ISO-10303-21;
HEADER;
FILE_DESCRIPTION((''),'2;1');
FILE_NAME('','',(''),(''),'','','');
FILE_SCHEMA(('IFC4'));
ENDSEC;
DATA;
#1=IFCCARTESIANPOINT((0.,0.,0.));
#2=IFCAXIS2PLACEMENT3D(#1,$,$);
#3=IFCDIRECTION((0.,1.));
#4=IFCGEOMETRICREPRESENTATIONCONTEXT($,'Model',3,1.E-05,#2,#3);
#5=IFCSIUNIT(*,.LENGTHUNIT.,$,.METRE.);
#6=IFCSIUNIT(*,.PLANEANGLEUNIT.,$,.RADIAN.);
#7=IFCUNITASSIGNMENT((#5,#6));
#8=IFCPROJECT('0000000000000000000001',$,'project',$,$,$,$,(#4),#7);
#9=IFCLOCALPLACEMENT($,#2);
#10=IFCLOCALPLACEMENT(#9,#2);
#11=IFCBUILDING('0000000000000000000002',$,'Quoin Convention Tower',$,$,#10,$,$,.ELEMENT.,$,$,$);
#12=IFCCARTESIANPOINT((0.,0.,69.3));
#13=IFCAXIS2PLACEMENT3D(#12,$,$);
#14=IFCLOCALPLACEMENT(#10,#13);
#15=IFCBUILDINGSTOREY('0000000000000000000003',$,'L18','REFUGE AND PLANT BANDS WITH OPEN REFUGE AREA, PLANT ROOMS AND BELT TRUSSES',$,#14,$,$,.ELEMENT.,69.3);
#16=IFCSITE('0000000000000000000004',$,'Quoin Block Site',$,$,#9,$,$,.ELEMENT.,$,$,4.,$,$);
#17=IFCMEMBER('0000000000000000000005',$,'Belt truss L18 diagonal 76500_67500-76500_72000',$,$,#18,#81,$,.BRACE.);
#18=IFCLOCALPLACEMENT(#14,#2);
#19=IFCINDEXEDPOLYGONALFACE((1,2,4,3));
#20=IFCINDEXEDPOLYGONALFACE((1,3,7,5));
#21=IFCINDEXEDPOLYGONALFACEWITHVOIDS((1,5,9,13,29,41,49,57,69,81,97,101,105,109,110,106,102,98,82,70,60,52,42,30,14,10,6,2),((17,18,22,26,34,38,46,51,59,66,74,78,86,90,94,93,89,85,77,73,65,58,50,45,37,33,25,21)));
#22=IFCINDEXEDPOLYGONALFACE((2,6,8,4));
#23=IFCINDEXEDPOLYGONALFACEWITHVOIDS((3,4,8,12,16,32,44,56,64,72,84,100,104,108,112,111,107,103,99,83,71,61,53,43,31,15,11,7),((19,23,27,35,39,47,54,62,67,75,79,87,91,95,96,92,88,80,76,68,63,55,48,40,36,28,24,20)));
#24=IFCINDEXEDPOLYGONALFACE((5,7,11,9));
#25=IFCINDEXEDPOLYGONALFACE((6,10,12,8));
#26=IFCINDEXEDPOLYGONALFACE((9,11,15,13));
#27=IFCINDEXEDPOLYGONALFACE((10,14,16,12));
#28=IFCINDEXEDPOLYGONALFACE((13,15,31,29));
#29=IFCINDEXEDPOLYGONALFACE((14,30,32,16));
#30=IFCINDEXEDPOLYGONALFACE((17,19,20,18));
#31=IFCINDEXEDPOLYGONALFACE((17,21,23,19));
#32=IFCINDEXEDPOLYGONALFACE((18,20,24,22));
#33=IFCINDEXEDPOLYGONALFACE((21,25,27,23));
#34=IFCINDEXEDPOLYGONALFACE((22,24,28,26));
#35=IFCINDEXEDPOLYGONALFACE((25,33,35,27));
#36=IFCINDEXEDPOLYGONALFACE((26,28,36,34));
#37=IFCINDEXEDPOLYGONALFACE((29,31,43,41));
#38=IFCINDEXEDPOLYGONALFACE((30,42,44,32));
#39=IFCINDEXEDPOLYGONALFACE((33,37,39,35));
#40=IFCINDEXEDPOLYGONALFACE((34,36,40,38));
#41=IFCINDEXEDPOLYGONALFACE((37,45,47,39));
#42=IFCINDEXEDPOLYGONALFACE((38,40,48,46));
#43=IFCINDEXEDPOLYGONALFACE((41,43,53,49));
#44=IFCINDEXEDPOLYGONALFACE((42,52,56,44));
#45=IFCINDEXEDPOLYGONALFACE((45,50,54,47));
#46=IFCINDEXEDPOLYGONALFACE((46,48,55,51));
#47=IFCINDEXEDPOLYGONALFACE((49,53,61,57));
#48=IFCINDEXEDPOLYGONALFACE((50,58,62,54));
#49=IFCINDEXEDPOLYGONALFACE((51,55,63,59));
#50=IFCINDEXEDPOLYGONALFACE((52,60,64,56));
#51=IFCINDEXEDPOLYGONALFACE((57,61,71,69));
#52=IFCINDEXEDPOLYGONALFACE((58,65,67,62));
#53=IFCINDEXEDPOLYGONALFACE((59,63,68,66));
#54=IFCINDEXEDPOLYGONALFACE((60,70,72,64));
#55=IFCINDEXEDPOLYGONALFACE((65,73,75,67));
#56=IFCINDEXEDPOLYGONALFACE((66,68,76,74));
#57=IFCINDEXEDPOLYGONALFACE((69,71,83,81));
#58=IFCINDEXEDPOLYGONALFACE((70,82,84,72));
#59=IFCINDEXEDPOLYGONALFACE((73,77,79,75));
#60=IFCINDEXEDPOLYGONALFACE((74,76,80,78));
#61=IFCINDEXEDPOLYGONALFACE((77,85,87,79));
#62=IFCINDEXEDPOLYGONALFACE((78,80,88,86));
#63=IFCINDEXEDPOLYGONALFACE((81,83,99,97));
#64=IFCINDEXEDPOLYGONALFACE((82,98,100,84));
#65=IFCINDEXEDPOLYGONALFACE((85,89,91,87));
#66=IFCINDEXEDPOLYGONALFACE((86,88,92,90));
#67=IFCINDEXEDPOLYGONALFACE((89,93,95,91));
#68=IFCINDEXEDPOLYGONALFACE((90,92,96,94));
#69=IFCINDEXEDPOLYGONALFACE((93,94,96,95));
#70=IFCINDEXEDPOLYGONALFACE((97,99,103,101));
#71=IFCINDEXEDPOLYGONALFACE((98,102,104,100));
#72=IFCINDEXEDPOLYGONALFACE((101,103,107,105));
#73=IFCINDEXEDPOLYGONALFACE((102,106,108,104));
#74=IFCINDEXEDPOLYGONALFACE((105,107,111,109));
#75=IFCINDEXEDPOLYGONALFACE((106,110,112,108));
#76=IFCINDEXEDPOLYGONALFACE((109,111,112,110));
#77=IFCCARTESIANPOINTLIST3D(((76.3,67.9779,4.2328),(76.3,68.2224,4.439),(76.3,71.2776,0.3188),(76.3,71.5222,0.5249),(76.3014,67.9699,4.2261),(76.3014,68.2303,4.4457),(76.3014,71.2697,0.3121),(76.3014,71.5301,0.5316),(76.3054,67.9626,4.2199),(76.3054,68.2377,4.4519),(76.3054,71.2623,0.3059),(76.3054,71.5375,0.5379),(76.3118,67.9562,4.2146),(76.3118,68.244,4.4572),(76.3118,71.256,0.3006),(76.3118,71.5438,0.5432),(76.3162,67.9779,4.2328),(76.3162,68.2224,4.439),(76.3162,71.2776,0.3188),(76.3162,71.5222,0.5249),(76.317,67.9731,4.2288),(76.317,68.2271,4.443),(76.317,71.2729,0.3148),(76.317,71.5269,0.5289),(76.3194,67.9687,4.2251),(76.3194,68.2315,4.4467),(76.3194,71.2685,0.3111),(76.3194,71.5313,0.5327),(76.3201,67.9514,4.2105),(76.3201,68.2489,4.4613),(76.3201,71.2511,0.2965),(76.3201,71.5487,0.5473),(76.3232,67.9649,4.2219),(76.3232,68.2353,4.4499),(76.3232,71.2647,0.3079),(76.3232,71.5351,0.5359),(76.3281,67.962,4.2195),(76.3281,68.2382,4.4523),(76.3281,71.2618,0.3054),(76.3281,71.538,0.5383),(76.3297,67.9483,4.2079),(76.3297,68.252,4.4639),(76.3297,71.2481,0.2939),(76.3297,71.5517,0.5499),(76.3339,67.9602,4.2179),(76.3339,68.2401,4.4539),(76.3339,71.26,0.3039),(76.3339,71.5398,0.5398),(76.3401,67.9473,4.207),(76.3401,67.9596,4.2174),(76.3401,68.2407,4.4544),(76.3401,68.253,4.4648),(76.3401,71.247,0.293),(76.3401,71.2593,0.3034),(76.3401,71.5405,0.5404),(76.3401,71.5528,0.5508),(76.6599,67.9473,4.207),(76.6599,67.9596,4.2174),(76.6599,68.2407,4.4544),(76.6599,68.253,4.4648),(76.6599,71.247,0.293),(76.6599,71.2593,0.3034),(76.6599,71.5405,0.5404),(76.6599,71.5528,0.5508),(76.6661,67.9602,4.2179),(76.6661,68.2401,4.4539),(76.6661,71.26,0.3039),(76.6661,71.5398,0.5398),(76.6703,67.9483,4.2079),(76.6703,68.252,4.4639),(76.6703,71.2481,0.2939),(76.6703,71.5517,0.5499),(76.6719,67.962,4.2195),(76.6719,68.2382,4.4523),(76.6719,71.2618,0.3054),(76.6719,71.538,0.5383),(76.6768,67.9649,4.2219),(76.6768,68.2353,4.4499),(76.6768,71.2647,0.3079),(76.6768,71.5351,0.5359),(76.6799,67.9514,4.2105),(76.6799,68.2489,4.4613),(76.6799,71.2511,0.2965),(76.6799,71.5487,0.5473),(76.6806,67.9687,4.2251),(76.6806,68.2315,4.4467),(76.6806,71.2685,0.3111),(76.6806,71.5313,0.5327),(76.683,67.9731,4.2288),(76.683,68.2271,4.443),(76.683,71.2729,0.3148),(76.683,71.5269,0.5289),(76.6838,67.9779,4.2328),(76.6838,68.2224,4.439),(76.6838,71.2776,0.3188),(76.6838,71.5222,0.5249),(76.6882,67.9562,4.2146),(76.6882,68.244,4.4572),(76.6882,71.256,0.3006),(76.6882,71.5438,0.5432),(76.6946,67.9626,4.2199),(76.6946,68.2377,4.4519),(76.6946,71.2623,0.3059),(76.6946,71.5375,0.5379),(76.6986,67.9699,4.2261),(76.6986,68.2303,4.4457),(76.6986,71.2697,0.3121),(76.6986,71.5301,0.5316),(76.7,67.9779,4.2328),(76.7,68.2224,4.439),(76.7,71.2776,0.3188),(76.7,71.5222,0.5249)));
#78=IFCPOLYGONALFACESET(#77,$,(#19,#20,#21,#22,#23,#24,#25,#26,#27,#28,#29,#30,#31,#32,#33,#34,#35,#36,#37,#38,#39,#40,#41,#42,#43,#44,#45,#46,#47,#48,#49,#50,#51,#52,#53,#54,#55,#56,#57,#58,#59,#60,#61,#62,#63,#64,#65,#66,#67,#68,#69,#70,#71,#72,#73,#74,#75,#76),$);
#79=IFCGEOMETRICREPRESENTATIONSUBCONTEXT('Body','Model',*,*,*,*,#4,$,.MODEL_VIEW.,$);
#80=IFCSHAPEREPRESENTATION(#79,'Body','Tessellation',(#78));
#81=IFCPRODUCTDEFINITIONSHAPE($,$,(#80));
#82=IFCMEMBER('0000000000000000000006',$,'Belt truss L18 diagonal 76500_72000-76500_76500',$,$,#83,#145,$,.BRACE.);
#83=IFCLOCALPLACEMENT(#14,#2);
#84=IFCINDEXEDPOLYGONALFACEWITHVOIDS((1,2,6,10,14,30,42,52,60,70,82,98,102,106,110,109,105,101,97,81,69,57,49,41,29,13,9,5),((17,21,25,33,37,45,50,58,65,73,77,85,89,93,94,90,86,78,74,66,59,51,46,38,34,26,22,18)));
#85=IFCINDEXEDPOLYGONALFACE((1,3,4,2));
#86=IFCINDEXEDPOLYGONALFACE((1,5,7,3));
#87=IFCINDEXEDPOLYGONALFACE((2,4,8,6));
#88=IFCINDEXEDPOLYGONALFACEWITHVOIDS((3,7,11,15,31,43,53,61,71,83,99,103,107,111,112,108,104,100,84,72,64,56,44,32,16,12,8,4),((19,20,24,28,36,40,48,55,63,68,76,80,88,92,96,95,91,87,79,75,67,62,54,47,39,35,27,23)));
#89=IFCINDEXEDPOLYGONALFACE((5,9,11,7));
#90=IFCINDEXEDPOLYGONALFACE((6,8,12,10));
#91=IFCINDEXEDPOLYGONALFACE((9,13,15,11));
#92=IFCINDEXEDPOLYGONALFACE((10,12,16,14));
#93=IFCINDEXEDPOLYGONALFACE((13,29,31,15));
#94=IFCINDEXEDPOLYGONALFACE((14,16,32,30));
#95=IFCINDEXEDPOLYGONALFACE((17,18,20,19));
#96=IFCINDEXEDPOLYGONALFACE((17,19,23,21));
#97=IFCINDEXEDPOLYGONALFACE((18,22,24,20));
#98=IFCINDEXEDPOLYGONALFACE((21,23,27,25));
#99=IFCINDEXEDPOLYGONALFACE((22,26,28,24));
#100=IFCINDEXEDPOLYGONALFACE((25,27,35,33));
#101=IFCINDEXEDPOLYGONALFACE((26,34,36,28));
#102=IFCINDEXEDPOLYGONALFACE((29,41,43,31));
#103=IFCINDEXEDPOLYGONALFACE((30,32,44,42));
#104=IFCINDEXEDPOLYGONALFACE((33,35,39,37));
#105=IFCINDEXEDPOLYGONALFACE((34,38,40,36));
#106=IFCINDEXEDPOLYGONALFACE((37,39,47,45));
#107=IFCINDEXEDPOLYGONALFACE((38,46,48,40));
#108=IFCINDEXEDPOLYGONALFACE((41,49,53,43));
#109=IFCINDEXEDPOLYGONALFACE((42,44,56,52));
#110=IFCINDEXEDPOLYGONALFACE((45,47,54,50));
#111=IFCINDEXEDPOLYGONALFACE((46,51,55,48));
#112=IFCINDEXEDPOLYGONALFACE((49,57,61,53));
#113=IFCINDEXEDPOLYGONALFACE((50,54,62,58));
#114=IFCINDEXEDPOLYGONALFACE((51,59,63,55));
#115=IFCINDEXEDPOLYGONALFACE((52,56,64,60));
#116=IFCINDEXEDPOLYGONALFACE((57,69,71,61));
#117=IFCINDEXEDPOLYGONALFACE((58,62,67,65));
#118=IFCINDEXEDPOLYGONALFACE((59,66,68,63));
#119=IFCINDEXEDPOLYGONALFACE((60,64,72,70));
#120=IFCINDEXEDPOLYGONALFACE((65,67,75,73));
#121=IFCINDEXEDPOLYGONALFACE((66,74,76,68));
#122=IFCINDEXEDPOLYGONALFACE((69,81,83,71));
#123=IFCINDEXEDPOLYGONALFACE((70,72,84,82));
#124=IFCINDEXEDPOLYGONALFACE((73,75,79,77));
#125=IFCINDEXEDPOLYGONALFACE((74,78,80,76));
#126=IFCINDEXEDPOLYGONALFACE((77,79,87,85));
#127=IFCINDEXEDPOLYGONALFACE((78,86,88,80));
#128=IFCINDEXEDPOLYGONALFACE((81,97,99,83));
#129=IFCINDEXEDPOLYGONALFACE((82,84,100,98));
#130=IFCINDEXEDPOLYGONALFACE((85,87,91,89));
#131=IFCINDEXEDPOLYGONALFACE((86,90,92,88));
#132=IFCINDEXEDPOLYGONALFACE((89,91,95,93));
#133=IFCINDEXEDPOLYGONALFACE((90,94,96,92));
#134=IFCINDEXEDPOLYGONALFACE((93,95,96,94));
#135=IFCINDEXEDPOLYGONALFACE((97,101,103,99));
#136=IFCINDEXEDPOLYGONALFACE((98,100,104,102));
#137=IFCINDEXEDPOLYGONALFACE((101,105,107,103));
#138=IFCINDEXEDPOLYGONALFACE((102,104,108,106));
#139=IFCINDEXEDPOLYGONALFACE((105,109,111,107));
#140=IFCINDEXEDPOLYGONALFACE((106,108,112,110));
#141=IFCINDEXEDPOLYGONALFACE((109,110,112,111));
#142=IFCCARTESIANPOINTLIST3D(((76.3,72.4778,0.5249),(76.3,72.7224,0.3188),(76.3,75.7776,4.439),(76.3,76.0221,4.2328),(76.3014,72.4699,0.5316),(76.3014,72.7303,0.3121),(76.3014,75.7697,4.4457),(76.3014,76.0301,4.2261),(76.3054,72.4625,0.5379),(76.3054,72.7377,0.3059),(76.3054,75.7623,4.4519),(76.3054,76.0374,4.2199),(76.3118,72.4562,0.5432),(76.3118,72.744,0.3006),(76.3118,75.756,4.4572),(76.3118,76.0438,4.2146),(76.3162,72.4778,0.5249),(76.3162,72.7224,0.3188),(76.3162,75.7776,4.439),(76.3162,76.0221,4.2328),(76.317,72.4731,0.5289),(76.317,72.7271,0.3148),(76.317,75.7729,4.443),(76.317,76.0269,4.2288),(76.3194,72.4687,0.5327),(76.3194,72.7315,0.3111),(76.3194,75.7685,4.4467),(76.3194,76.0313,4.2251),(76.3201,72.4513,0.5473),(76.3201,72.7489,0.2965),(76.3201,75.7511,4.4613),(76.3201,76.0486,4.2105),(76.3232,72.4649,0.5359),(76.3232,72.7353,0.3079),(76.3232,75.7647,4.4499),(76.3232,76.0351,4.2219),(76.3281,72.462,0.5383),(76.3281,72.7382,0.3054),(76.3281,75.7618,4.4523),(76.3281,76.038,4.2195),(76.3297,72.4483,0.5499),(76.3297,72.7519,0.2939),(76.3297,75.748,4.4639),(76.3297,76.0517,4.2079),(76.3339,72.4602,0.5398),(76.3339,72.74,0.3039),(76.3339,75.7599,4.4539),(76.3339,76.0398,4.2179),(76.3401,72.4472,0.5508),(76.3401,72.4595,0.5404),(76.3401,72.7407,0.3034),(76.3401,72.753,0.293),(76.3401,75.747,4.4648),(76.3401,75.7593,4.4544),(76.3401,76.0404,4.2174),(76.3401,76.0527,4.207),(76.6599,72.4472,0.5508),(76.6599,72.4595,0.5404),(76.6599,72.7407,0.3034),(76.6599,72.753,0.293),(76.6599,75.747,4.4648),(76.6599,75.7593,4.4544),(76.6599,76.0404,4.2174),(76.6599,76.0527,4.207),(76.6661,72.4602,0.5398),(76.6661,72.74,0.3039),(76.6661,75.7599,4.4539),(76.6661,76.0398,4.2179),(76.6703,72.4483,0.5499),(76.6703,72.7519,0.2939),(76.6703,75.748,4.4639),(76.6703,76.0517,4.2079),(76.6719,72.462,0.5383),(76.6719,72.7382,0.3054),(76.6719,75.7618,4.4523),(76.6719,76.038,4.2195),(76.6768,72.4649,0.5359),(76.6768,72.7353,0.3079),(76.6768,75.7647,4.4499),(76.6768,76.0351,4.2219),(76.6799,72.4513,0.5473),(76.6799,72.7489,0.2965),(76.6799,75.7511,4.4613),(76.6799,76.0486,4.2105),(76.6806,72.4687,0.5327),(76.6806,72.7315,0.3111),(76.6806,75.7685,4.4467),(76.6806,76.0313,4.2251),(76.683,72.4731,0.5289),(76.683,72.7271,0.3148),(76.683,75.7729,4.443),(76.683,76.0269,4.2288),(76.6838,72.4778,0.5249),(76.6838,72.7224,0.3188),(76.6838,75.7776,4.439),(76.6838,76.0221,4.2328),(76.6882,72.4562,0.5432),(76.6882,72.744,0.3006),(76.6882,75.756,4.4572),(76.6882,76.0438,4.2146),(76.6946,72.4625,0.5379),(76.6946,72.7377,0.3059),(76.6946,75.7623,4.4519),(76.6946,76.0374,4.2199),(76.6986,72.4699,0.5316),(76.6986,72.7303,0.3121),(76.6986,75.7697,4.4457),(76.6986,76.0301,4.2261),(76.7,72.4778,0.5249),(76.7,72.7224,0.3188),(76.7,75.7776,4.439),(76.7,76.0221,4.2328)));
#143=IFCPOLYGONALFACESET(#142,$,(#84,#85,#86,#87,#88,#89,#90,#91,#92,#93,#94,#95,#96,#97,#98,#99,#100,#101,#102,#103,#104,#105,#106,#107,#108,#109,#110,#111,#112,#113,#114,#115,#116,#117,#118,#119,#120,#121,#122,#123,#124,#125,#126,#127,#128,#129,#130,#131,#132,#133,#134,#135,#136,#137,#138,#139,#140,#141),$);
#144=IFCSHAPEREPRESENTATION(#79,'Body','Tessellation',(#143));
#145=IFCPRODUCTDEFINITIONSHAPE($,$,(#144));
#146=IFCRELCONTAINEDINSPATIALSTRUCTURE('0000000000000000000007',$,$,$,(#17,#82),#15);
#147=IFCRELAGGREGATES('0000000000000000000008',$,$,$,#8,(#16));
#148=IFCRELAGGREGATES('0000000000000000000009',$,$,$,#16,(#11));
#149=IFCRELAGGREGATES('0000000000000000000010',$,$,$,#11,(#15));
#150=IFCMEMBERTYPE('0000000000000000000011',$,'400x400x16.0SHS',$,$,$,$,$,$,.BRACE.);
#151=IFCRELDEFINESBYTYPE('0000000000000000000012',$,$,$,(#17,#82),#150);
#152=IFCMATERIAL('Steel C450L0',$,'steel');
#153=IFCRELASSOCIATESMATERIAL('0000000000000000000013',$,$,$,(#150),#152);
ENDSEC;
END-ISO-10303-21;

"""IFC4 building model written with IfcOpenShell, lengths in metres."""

from ifc_helpers import new_model, si_unit, direction, frame, origin, origin_2d, place, context, subcontext, project, spatial, hollow_rectangle, extrude, material, material_profile, profile_set, type_object, element, save


model = new_model("IFC4")

# Units and contexts
model_context = context("Model", 3, precision=1e-05, world=origin(), true_north=direction((0.0, 1.0)))
body_context = subcontext(model_context, "Body", "Model", "MODEL_VIEW")
ifc_project = project(units=[si_unit("LENGTHUNIT", "METRE"), si_unit("PLANEANGLEUNIT", "RADIAN")], contexts=[model_context])

# Site, building, storey
site_placement = place(None, origin())
site = spatial("IfcSite", under=ifc_project, at=site_placement, Name="Quoin Block Site", CompositionType="ELEMENT", RefElevation=4.0)
building_placement = place(site_placement, origin())
building = spatial("IfcBuilding", under=site, at=building_placement, Name="Quoin Convention Tower", CompositionType="ELEMENT")
storey_placement = place(building_placement, frame((0.0, 0.0, 69.3)))
storey = spatial("IfcBuildingStorey", under=building, at=storey_placement, Name="L18", Description="REFUGE AND PLANT BANDS WITH OPEN REFUGE AREA, PLANT ROOMS AND BELT TRUSSES", CompositionType="ELEMENT", Elevation=69.3)

# Members
ifc_material_1 = material(Name="Steel C450L0", Category="steel")
ifc_material_profile_1 = material_profile(ifc_material_1, hollow_rectangle(XDim=0.3999, YDim=0.3999, WallThickness=0.0161, InnerFilletRadius=0.0239, OuterFilletRadius=0.04, at=origin_2d()), Name="400x400x16.0SHS")
ifc_profile_set_1 = profile_set([ifc_material_profile_1], Name="Steel C450L0")
member_type_1 = type_object("IfcMemberType", Name="400x400x16.0SHS", PredefinedType="BRACE", material=ifc_profile_set_1)
for number, where, z_axis, x_axis, name in (
    (1, (76.5, 71.3999, 0.4219), (0.0, -0.644564, 0.76455), (1.0, 0.0, 0.0), "Belt truss L18 diagonal 76500_67500-76500_72000"),
    (2, (76.5, 72.6001, 0.4219), (0.0, 0.644564, 0.76455), (-1.0, 0.0, 0.0), "Belt truss L18 diagonal 76500_72000-76500_76500"),
):
    element("IfcMember", number, at=place(storey_placement, frame(where, z_axis=z_axis, x_axis=x_axis)), inside=storey, type_object=member_type_1, Name=name, PredefinedType="BRACE", context=body_context, shape_type="SweptSolid", body=[
        extrude(hollow_rectangle(XDim=0.3999, YDim=0.3999, WallThickness=0.0161, InnerFilletRadius=0.0239, OuterFilletRadius=0.04, at=origin_2d()), origin(), (0.0, 0.0, 1.0), 5.1194),
    ])

save(model, "model.ifc")
